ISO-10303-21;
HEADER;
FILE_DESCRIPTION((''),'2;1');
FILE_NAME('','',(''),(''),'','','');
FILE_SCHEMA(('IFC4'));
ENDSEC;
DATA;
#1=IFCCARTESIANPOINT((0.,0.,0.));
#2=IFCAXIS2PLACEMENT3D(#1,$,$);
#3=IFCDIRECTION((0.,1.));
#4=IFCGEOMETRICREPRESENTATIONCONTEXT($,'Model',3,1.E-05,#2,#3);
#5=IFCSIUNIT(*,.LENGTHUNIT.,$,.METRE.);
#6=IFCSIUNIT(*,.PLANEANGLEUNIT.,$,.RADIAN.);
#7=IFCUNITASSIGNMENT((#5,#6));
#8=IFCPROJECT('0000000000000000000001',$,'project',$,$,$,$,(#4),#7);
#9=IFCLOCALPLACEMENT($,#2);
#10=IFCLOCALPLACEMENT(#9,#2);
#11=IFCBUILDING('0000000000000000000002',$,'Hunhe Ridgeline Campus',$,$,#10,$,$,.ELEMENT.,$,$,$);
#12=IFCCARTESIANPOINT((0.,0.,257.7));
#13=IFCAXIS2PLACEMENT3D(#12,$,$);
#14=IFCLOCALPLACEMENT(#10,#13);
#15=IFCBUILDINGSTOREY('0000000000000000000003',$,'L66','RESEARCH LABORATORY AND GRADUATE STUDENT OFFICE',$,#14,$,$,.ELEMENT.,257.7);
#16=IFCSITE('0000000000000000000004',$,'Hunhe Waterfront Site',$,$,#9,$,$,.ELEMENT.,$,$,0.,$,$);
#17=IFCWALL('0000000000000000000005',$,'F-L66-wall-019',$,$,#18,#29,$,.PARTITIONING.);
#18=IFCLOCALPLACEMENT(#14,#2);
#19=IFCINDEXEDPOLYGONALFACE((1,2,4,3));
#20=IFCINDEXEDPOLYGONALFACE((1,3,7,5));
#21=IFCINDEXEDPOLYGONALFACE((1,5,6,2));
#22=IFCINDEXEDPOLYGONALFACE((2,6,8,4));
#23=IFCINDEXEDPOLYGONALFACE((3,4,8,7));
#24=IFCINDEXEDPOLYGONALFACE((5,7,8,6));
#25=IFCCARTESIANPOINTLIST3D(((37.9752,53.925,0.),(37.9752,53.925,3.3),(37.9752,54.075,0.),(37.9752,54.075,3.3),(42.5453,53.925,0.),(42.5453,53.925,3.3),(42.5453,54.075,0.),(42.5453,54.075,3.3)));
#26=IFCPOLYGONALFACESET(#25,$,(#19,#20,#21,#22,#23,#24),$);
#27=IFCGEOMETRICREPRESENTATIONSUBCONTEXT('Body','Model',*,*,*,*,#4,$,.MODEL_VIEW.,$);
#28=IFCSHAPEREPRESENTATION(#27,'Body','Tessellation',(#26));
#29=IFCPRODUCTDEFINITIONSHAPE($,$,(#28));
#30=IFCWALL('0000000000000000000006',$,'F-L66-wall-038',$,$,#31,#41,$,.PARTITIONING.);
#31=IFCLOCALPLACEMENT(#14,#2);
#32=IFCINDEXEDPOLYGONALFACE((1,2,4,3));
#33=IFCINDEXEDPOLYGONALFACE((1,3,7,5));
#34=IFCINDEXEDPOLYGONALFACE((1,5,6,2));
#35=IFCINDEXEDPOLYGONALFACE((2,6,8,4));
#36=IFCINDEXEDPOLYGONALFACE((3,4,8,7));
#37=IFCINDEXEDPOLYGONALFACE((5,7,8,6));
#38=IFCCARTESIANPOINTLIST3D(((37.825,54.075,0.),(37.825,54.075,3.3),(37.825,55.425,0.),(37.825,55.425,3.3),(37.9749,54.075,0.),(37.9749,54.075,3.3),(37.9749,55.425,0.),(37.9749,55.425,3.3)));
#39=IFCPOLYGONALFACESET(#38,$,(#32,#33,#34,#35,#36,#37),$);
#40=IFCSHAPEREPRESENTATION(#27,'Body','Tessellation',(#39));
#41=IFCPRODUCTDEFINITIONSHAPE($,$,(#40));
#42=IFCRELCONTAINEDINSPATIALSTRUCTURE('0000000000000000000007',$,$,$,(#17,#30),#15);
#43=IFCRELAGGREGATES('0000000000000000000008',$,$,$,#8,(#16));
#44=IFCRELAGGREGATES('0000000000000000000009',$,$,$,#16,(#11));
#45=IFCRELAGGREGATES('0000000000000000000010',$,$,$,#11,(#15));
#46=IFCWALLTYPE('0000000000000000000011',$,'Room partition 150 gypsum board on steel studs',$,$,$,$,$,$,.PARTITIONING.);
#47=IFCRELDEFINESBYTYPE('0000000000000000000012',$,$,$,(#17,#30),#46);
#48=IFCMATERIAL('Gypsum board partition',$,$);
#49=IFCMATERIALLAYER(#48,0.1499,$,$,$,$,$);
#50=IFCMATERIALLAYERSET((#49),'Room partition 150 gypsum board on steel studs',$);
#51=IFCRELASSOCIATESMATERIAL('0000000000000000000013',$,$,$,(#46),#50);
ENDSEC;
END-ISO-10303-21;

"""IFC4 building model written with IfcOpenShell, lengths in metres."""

from ifc_helpers import new_model, si_unit, direction, frame, frame_2d, origin, place, context, subcontext, project, spatial, rectangle, extrude, material, layer, layer_set, type_object, element, save


model = new_model("IFC4")

# Units and contexts
model_context = context("Model", 3, precision=1e-05, world=origin(), true_north=direction((0.0, 1.0)))
body_context = subcontext(model_context, "Body", "Model", "MODEL_VIEW")
ifc_project = project(units=[si_unit("LENGTHUNIT", "METRE"), si_unit("PLANEANGLEUNIT", "RADIAN")], contexts=[model_context])

# Site, building, storey
site_placement = place(None, origin())
site = spatial("IfcSite", under=ifc_project, at=site_placement, Name="Hunhe Waterfront Site", CompositionType="ELEMENT", RefElevation=0.0)
building_placement = place(site_placement, origin())
building = spatial("IfcBuilding", under=site, at=building_placement, Name="Hunhe Ridgeline Campus", CompositionType="ELEMENT")
storey_placement = place(building_placement, frame((0.0, 0.0, 257.7)))
storey = spatial("IfcBuildingStorey", under=building, at=storey_placement, Name="L66", Description="RESEARCH LABORATORY AND GRADUATE STUDENT OFFICE", CompositionType="ELEMENT", Elevation=257.7)

# Shared definitions
ifc_material_1 = material(Name="Gypsum board partition")

# Walls
ifc_layer_1 = layer(ifc_material_1, 0.1499)
ifc_layer_set_1 = layer_set([ifc_layer_1], Name="Room partition 150 gypsum board on steel studs")
wall_type_1 = type_object("IfcWallType", Name="Room partition 150 gypsum board on steel studs", PredefinedType="PARTITIONING", material=ifc_layer_set_1)
wall_1_placement = place(storey_placement, frame((37.9751, 54.0, 0.0), z_axis=(0.0, 0.0, 1.0), x_axis=(1.0, 0.0, 0.0)))
element("IfcWall", 1, at=wall_1_placement, inside=storey, type_object=wall_type_1, Name="F-L66-wall-019", PredefinedType="PARTITIONING", context=body_context, shape_type="SweptSolid", body=[
    extrude(rectangle(XDim=4.5701, YDim=0.1499, at=frame_2d((2.2852, 0.0))), origin(), (0.0, 0.0, 1.0), 3.3),
])
wall_2_placement = place(storey_placement, frame((37.8999, 55.425, 0.0), z_axis=(0.0, 0.0, 1.0), x_axis=(0.0, -1.0, 0.0)))
element("IfcWall", 2, at=wall_2_placement, inside=storey, type_object=wall_type_1, Name="F-L66-wall-038", PredefinedType="PARTITIONING", context=body_context, shape_type="SweptSolid", body=[
    extrude(rectangle(XDim=1.3501, YDim=0.1499, at=frame_2d((0.675, 0.0))), origin(), (0.0, 0.0, 1.0), 3.3),
])

save(model, "model.ifc")
